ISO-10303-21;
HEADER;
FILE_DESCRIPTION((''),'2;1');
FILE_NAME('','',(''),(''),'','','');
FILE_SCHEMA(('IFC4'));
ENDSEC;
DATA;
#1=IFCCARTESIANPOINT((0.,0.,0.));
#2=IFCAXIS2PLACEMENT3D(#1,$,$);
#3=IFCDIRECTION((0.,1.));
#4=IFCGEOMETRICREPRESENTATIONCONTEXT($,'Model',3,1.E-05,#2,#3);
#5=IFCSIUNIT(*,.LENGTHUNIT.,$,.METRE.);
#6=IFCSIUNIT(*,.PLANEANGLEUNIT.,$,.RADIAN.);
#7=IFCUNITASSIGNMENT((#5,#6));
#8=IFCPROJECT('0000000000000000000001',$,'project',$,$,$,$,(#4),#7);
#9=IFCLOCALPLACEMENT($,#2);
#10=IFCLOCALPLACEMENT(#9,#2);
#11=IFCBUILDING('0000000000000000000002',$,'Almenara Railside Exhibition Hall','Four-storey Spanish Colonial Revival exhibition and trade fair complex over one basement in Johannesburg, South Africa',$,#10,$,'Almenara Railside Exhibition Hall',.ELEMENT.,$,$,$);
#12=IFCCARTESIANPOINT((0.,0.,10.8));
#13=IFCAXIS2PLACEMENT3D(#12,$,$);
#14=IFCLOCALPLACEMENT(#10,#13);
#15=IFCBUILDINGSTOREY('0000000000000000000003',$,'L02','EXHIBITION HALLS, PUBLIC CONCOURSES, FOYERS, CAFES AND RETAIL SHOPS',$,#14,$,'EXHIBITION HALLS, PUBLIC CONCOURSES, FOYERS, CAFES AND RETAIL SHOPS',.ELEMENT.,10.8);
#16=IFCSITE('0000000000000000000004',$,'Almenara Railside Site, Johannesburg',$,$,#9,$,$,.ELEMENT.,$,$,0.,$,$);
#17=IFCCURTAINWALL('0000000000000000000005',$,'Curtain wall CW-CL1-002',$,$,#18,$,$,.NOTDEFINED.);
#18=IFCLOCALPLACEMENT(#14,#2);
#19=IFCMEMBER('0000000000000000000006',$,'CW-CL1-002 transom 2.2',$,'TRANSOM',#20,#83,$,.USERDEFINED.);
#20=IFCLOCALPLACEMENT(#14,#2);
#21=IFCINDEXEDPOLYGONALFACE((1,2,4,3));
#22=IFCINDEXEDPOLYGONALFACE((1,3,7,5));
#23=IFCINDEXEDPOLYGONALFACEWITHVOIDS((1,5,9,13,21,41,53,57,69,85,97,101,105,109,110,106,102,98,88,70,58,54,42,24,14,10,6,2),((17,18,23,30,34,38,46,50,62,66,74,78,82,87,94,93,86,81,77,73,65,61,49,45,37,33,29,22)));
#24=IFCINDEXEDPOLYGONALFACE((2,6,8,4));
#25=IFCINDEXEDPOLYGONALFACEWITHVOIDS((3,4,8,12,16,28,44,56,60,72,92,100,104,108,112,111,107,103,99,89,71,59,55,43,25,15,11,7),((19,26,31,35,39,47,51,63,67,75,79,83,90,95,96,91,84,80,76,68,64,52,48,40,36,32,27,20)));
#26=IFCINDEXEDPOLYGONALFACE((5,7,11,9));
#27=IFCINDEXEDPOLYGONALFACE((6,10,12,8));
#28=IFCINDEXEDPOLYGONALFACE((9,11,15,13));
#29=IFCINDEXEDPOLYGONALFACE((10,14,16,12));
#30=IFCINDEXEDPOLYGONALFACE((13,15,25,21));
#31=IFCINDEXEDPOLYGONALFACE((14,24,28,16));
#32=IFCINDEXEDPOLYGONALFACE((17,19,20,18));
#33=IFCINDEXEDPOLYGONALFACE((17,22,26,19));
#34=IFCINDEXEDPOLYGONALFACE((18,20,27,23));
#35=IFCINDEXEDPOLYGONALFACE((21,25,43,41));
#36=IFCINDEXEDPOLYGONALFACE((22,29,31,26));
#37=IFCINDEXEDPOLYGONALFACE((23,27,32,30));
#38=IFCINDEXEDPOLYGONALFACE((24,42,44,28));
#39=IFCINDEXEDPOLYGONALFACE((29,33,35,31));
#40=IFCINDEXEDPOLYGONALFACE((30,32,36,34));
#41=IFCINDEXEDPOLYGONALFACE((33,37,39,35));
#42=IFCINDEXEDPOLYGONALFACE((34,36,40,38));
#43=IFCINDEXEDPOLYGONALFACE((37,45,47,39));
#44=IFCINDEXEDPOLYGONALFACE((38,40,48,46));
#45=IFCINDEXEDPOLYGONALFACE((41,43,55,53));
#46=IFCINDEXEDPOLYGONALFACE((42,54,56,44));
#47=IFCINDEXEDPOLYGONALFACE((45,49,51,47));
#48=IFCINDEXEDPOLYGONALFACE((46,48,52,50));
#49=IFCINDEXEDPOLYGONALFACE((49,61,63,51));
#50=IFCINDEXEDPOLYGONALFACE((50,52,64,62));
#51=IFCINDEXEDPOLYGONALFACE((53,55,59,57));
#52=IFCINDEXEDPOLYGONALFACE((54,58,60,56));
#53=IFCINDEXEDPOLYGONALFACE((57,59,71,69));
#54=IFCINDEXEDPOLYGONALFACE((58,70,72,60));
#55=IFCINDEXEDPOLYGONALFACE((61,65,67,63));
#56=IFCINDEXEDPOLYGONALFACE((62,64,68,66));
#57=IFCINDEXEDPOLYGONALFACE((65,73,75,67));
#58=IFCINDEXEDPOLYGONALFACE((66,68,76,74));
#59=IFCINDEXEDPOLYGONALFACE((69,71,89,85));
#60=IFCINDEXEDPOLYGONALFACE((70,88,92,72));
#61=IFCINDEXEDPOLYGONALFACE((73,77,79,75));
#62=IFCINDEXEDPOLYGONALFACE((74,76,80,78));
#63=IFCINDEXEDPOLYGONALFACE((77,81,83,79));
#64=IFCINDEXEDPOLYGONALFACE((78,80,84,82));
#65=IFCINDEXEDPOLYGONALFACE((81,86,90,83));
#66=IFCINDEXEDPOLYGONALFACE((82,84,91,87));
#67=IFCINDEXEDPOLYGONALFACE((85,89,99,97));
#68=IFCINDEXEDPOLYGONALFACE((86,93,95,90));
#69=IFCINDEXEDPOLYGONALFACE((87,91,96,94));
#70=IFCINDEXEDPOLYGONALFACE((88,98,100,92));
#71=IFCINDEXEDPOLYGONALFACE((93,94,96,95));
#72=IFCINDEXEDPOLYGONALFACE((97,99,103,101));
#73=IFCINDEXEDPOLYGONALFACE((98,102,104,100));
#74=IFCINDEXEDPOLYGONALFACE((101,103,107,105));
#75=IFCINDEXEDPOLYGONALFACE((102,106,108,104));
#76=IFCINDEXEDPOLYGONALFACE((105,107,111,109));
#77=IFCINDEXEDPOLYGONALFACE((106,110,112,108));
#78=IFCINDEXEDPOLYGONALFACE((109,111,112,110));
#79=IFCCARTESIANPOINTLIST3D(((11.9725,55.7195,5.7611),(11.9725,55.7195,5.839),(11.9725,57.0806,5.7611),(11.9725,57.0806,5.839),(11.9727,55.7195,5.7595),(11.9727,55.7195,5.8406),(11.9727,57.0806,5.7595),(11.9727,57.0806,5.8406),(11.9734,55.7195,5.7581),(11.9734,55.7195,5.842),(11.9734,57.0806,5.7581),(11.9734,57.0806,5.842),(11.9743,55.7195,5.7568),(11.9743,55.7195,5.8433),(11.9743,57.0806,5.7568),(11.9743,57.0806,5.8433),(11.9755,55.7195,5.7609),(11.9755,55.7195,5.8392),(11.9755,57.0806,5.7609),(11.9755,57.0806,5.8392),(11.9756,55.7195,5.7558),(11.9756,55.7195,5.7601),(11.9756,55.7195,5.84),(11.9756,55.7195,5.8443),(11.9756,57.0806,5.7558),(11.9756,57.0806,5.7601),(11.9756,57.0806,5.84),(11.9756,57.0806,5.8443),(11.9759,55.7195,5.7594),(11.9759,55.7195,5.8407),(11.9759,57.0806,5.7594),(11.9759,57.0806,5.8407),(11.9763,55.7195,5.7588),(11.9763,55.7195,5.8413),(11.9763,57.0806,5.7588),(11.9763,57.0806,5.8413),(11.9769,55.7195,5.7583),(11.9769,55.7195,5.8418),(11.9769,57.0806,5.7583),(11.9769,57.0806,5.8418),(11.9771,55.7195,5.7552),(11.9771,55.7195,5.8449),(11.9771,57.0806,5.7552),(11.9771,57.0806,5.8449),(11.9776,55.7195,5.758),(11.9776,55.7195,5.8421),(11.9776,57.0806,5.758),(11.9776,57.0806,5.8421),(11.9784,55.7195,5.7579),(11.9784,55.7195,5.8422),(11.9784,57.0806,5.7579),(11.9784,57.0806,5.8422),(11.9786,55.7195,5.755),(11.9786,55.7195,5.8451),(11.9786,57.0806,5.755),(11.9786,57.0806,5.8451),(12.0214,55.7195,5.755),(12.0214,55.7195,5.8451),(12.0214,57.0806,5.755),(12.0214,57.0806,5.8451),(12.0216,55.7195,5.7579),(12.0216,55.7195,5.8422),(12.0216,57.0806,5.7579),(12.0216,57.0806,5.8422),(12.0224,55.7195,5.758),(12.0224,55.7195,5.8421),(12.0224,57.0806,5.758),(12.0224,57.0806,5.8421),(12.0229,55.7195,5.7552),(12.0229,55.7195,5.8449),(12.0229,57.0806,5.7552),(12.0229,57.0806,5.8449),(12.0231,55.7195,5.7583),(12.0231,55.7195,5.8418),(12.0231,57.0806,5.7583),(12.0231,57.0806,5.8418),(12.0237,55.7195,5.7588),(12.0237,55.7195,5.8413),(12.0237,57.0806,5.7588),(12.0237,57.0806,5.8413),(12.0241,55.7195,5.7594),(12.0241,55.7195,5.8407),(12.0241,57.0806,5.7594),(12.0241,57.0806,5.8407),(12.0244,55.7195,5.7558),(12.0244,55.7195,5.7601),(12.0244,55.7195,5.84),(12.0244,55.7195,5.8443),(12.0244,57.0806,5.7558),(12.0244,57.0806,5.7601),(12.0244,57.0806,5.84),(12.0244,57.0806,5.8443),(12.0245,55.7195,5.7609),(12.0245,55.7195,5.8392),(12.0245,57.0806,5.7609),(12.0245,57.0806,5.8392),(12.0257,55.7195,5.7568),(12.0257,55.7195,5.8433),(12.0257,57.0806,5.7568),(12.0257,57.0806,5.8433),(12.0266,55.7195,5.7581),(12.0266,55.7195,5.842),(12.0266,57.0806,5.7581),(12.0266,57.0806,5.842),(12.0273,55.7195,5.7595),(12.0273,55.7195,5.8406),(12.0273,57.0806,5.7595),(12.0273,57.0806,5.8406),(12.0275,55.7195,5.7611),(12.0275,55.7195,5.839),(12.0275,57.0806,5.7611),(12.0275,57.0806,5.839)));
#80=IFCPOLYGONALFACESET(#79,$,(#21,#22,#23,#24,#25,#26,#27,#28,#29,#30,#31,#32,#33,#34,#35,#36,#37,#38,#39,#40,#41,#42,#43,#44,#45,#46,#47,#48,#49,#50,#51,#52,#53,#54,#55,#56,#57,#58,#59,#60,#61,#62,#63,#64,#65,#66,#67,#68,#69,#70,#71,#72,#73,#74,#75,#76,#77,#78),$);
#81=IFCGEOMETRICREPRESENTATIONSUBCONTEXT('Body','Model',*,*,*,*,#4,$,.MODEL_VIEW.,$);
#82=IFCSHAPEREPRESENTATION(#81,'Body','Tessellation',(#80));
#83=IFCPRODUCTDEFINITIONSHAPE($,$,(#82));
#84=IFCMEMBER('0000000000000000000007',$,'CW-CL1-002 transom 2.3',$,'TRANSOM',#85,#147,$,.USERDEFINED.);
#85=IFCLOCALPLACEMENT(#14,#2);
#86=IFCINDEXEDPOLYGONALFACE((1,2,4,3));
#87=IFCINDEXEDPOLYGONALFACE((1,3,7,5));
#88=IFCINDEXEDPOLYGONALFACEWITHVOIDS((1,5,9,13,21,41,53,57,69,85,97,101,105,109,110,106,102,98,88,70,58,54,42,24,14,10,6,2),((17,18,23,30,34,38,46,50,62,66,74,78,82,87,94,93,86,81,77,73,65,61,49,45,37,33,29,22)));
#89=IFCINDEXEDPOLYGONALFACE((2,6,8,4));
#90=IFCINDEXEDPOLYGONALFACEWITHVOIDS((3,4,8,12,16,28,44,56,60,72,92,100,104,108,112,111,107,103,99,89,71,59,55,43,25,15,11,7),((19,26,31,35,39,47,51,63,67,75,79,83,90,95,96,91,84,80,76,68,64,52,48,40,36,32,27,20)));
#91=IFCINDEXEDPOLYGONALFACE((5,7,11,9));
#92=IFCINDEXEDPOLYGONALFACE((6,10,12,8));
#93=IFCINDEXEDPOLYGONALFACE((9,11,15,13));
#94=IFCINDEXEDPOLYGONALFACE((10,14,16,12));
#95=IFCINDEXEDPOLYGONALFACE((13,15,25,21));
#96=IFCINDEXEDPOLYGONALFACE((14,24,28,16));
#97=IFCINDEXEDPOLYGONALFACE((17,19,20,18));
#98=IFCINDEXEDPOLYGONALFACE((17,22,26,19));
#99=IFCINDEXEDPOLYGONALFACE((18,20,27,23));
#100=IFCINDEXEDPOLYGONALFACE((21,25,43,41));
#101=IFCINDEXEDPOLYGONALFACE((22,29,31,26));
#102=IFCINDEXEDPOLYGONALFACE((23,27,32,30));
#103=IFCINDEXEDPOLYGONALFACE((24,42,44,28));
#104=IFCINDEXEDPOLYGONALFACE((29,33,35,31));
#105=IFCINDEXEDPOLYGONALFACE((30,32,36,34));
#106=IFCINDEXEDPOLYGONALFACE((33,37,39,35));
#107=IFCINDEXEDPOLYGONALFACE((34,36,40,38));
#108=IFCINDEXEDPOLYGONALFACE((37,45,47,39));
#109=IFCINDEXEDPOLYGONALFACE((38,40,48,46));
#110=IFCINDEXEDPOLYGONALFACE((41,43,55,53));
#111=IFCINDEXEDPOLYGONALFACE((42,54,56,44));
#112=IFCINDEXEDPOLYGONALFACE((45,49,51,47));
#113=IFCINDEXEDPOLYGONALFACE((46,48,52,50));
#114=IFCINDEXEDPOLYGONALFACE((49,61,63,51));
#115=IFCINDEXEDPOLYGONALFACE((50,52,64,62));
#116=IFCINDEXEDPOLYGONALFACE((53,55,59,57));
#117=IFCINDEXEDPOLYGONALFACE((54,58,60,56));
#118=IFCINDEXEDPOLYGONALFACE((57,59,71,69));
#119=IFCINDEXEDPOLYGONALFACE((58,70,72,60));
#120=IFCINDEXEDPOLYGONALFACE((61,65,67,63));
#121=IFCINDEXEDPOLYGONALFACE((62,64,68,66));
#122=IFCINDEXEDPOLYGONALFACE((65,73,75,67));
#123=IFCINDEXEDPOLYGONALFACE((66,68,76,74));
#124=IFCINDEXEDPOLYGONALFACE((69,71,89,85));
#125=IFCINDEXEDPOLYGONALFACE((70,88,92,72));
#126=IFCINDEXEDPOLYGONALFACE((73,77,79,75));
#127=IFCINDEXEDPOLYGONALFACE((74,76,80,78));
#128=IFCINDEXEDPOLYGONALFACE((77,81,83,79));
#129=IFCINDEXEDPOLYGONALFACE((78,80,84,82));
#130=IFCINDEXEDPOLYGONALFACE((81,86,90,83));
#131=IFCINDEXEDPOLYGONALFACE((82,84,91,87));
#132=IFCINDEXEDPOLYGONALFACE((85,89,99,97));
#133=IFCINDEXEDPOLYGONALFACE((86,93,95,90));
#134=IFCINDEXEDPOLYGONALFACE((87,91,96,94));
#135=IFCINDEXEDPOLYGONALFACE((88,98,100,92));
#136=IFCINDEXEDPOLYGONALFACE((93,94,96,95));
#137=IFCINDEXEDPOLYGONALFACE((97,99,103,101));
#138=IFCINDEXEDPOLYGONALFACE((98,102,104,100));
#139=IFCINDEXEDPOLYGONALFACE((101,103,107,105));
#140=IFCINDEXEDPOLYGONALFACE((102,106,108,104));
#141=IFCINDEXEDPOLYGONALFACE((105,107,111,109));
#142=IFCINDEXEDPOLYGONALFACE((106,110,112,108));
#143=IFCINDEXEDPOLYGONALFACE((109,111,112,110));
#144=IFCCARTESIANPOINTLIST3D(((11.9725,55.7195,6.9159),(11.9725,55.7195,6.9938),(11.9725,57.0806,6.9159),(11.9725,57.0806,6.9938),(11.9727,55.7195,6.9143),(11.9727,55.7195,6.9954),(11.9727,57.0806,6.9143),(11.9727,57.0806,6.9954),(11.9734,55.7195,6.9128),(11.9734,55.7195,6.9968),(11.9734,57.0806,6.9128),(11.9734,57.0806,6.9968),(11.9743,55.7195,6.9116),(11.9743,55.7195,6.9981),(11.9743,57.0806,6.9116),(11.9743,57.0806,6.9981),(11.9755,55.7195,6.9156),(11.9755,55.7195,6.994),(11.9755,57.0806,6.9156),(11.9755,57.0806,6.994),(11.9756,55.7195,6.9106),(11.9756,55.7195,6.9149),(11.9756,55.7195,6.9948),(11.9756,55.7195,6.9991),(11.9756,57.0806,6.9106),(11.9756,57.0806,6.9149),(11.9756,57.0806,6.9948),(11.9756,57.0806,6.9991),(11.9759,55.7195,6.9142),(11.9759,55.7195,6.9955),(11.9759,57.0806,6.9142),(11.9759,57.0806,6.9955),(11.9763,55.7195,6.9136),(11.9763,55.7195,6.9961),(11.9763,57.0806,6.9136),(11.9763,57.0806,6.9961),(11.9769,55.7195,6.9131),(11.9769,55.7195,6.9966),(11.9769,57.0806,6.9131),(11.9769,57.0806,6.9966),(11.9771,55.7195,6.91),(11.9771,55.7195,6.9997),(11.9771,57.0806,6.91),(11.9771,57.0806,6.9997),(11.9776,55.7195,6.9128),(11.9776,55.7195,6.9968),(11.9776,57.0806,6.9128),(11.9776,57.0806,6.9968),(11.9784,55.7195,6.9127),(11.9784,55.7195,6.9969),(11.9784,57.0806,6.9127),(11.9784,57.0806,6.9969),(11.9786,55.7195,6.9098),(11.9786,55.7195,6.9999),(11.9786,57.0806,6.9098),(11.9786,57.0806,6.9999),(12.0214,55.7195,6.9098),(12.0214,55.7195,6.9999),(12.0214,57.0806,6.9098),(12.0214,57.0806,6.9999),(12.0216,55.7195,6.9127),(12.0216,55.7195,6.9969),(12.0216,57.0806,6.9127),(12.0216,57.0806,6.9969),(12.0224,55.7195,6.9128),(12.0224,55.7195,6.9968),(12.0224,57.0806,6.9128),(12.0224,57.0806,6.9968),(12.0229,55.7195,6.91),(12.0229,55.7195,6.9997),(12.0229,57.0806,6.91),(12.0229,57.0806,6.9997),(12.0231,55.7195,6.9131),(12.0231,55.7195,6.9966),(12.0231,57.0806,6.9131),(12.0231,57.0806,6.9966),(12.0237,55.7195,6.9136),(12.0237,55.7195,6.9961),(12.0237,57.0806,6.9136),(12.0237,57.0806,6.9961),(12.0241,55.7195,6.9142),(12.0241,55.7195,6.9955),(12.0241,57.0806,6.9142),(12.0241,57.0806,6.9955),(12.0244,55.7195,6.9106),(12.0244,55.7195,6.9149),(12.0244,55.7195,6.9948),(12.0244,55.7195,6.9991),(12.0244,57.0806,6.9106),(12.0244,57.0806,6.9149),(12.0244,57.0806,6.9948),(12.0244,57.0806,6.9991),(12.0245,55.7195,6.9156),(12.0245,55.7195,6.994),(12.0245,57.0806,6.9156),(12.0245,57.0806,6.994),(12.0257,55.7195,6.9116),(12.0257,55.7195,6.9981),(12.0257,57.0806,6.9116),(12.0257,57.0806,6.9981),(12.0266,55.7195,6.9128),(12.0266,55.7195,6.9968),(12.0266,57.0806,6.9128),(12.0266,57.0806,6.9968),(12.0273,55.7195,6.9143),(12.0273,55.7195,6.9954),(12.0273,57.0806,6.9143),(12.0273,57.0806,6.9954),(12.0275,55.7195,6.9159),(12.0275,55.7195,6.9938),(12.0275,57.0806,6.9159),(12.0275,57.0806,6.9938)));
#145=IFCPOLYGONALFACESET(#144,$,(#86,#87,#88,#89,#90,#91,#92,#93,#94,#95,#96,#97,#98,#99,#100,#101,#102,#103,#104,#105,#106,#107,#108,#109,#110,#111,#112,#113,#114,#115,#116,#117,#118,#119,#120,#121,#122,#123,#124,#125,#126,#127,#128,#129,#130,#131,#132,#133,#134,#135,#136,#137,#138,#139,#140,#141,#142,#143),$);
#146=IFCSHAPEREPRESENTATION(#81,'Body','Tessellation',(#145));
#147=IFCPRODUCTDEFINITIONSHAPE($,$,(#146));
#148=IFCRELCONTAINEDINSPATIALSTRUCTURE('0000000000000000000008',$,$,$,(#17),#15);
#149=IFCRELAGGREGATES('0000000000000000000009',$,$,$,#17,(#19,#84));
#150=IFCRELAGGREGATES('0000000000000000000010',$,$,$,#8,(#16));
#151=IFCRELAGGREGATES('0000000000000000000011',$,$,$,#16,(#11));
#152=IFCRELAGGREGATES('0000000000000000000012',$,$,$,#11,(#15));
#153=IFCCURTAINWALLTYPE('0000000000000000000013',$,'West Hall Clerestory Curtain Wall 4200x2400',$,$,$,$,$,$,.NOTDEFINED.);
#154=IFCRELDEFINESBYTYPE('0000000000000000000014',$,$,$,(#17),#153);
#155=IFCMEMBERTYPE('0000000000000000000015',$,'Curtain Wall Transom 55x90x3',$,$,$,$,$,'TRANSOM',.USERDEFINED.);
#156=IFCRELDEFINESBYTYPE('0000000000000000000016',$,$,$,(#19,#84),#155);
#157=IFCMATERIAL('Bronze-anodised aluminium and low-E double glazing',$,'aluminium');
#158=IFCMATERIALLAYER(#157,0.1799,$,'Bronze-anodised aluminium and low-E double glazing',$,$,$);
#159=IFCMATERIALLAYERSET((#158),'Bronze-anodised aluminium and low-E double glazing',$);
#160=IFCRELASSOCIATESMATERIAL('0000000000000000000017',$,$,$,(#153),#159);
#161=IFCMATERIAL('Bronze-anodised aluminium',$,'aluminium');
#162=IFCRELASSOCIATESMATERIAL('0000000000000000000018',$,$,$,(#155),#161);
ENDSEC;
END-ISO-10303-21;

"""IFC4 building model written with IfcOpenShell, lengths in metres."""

from ifc_helpers import new_model, si_unit, direction, frame, origin, origin_2d, place, context, subcontext, project, spatial, hollow_rectangle, extrude, material, layer, layer_set, material_profile, profile_set, type_object, element, aggregate, save


model = new_model("IFC4")

# Units and contexts
model_context = context("Model", 3, precision=1e-05, world=origin(), true_north=direction((0.0, 1.0)))
body_context = subcontext(model_context, "Body", "Model", "MODEL_VIEW")
ifc_project = project(units=[si_unit("LENGTHUNIT", "METRE"), si_unit("PLANEANGLEUNIT", "RADIAN")], contexts=[model_context])

# Site, building, storey
site_placement = place(None, origin())
site = spatial("IfcSite", under=ifc_project, at=site_placement, Name="Almenara Railside Site, Johannesburg", CompositionType="ELEMENT", RefElevation=0.0)
building_placement = place(site_placement, origin())
building = spatial("IfcBuilding", under=site, at=building_placement, Name="Almenara Railside Exhibition Hall", Description="Four-storey Spanish Colonial Revival exhibition and trade fair complex over one basement in Johannesburg, South Africa", LongName="Almenara Railside Exhibition Hall", CompositionType="ELEMENT")
storey_placement = place(building_placement, frame((0.0, 0.0, 10.8)))
storey = spatial("IfcBuildingStorey", under=building, at=storey_placement, Name="L02", Description="EXHIBITION HALLS, PUBLIC CONCOURSES, FOYERS, CAFES AND RETAIL SHOPS", LongName="EXHIBITION HALLS, PUBLIC CONCOURSES, FOYERS, CAFES AND RETAIL SHOPS", CompositionType="ELEMENT", Elevation=10.8)

# Curtain wall
ifc_material_1 = material(Name="Bronze-anodised aluminium and low-E double glazing", Category="aluminium")
ifc_layer_1 = layer(ifc_material_1, 0.1799, Name="Bronze-anodised aluminium and low-E double glazing")
ifc_layer_set_1 = layer_set([ifc_layer_1], Name="Bronze-anodised aluminium and low-E double glazing")
curtain_wall_type = type_object("IfcCurtainWallType", Name="West Hall Clerestory Curtain Wall 4200x2400", PredefinedType="NOTDEFINED", material=ifc_layer_set_1)
curtain_wall_1_placement = place(storey_placement, origin())
curtain_wall_1 = element("IfcCurtainWall", 1, at=curtain_wall_1_placement, inside=storey, type_object=curtain_wall_type, Name="Curtain wall CW-CL1-002", PredefinedType="NOTDEFINED")
ifc_material_2 = material(Name="Bronze-anodised aluminium", Category="aluminium")

# Members
ifc_material_profile_1 = material_profile(ifc_material_2, hollow_rectangle(XDim=0.0549, YDim=0.0901, WallThickness=0.0029, InnerFilletRadius=0.0029, OuterFilletRadius=0.0061, at=origin_2d()), Name="ALU-TRN 55x90x3")
ifc_profile_set_1 = profile_set([ifc_material_profile_1], Name="Bronze-anodised aluminium")
member_type_1 = type_object("IfcMemberType", Name="Curtain Wall Transom 55x90x3", ElementType="TRANSOM", PredefinedType="USERDEFINED", material=ifc_profile_set_1)
member_1_placement = place(storey_placement, frame((12.0, 55.7195, 5.8), z_axis=(0.0, 1.0, 0.0), x_axis=(-1.0, 0.0, 0.0)))
member_1 = element("IfcMember", 2, at=member_1_placement, type_object=member_type_1, Name="CW-CL1-002 transom 2.2", ObjectType="TRANSOM", PredefinedType="USERDEFINED", context=body_context, shape_type="SweptSolid", body=[
    extrude(hollow_rectangle(XDim=0.0549, YDim=0.0901, WallThickness=0.0029, InnerFilletRadius=0.0029, OuterFilletRadius=0.0061, at=origin_2d()), origin(), (0.0, 0.0, 1.0), 1.3611),
])
member_2_placement = place(storey_placement, frame((12.0, 55.7195, 6.9548), z_axis=(0.0, 1.0, 0.0), x_axis=(-1.0, 0.0, 0.0)))
member_2 = element("IfcMember", 3, at=member_2_placement, type_object=member_type_1, Name="CW-CL1-002 transom 2.3", ObjectType="TRANSOM", PredefinedType="USERDEFINED", context=body_context, shape_type="SweptSolid", body=[
    extrude(hollow_rectangle(XDim=0.0549, YDim=0.0901, WallThickness=0.0029, InnerFilletRadius=0.0029, OuterFilletRadius=0.0061, at=origin_2d()), origin(), (0.0, 0.0, 1.0), 1.3611),
])

aggregate(curtain_wall_1, [member_1, member_2])

save(model, "model.ifc")
